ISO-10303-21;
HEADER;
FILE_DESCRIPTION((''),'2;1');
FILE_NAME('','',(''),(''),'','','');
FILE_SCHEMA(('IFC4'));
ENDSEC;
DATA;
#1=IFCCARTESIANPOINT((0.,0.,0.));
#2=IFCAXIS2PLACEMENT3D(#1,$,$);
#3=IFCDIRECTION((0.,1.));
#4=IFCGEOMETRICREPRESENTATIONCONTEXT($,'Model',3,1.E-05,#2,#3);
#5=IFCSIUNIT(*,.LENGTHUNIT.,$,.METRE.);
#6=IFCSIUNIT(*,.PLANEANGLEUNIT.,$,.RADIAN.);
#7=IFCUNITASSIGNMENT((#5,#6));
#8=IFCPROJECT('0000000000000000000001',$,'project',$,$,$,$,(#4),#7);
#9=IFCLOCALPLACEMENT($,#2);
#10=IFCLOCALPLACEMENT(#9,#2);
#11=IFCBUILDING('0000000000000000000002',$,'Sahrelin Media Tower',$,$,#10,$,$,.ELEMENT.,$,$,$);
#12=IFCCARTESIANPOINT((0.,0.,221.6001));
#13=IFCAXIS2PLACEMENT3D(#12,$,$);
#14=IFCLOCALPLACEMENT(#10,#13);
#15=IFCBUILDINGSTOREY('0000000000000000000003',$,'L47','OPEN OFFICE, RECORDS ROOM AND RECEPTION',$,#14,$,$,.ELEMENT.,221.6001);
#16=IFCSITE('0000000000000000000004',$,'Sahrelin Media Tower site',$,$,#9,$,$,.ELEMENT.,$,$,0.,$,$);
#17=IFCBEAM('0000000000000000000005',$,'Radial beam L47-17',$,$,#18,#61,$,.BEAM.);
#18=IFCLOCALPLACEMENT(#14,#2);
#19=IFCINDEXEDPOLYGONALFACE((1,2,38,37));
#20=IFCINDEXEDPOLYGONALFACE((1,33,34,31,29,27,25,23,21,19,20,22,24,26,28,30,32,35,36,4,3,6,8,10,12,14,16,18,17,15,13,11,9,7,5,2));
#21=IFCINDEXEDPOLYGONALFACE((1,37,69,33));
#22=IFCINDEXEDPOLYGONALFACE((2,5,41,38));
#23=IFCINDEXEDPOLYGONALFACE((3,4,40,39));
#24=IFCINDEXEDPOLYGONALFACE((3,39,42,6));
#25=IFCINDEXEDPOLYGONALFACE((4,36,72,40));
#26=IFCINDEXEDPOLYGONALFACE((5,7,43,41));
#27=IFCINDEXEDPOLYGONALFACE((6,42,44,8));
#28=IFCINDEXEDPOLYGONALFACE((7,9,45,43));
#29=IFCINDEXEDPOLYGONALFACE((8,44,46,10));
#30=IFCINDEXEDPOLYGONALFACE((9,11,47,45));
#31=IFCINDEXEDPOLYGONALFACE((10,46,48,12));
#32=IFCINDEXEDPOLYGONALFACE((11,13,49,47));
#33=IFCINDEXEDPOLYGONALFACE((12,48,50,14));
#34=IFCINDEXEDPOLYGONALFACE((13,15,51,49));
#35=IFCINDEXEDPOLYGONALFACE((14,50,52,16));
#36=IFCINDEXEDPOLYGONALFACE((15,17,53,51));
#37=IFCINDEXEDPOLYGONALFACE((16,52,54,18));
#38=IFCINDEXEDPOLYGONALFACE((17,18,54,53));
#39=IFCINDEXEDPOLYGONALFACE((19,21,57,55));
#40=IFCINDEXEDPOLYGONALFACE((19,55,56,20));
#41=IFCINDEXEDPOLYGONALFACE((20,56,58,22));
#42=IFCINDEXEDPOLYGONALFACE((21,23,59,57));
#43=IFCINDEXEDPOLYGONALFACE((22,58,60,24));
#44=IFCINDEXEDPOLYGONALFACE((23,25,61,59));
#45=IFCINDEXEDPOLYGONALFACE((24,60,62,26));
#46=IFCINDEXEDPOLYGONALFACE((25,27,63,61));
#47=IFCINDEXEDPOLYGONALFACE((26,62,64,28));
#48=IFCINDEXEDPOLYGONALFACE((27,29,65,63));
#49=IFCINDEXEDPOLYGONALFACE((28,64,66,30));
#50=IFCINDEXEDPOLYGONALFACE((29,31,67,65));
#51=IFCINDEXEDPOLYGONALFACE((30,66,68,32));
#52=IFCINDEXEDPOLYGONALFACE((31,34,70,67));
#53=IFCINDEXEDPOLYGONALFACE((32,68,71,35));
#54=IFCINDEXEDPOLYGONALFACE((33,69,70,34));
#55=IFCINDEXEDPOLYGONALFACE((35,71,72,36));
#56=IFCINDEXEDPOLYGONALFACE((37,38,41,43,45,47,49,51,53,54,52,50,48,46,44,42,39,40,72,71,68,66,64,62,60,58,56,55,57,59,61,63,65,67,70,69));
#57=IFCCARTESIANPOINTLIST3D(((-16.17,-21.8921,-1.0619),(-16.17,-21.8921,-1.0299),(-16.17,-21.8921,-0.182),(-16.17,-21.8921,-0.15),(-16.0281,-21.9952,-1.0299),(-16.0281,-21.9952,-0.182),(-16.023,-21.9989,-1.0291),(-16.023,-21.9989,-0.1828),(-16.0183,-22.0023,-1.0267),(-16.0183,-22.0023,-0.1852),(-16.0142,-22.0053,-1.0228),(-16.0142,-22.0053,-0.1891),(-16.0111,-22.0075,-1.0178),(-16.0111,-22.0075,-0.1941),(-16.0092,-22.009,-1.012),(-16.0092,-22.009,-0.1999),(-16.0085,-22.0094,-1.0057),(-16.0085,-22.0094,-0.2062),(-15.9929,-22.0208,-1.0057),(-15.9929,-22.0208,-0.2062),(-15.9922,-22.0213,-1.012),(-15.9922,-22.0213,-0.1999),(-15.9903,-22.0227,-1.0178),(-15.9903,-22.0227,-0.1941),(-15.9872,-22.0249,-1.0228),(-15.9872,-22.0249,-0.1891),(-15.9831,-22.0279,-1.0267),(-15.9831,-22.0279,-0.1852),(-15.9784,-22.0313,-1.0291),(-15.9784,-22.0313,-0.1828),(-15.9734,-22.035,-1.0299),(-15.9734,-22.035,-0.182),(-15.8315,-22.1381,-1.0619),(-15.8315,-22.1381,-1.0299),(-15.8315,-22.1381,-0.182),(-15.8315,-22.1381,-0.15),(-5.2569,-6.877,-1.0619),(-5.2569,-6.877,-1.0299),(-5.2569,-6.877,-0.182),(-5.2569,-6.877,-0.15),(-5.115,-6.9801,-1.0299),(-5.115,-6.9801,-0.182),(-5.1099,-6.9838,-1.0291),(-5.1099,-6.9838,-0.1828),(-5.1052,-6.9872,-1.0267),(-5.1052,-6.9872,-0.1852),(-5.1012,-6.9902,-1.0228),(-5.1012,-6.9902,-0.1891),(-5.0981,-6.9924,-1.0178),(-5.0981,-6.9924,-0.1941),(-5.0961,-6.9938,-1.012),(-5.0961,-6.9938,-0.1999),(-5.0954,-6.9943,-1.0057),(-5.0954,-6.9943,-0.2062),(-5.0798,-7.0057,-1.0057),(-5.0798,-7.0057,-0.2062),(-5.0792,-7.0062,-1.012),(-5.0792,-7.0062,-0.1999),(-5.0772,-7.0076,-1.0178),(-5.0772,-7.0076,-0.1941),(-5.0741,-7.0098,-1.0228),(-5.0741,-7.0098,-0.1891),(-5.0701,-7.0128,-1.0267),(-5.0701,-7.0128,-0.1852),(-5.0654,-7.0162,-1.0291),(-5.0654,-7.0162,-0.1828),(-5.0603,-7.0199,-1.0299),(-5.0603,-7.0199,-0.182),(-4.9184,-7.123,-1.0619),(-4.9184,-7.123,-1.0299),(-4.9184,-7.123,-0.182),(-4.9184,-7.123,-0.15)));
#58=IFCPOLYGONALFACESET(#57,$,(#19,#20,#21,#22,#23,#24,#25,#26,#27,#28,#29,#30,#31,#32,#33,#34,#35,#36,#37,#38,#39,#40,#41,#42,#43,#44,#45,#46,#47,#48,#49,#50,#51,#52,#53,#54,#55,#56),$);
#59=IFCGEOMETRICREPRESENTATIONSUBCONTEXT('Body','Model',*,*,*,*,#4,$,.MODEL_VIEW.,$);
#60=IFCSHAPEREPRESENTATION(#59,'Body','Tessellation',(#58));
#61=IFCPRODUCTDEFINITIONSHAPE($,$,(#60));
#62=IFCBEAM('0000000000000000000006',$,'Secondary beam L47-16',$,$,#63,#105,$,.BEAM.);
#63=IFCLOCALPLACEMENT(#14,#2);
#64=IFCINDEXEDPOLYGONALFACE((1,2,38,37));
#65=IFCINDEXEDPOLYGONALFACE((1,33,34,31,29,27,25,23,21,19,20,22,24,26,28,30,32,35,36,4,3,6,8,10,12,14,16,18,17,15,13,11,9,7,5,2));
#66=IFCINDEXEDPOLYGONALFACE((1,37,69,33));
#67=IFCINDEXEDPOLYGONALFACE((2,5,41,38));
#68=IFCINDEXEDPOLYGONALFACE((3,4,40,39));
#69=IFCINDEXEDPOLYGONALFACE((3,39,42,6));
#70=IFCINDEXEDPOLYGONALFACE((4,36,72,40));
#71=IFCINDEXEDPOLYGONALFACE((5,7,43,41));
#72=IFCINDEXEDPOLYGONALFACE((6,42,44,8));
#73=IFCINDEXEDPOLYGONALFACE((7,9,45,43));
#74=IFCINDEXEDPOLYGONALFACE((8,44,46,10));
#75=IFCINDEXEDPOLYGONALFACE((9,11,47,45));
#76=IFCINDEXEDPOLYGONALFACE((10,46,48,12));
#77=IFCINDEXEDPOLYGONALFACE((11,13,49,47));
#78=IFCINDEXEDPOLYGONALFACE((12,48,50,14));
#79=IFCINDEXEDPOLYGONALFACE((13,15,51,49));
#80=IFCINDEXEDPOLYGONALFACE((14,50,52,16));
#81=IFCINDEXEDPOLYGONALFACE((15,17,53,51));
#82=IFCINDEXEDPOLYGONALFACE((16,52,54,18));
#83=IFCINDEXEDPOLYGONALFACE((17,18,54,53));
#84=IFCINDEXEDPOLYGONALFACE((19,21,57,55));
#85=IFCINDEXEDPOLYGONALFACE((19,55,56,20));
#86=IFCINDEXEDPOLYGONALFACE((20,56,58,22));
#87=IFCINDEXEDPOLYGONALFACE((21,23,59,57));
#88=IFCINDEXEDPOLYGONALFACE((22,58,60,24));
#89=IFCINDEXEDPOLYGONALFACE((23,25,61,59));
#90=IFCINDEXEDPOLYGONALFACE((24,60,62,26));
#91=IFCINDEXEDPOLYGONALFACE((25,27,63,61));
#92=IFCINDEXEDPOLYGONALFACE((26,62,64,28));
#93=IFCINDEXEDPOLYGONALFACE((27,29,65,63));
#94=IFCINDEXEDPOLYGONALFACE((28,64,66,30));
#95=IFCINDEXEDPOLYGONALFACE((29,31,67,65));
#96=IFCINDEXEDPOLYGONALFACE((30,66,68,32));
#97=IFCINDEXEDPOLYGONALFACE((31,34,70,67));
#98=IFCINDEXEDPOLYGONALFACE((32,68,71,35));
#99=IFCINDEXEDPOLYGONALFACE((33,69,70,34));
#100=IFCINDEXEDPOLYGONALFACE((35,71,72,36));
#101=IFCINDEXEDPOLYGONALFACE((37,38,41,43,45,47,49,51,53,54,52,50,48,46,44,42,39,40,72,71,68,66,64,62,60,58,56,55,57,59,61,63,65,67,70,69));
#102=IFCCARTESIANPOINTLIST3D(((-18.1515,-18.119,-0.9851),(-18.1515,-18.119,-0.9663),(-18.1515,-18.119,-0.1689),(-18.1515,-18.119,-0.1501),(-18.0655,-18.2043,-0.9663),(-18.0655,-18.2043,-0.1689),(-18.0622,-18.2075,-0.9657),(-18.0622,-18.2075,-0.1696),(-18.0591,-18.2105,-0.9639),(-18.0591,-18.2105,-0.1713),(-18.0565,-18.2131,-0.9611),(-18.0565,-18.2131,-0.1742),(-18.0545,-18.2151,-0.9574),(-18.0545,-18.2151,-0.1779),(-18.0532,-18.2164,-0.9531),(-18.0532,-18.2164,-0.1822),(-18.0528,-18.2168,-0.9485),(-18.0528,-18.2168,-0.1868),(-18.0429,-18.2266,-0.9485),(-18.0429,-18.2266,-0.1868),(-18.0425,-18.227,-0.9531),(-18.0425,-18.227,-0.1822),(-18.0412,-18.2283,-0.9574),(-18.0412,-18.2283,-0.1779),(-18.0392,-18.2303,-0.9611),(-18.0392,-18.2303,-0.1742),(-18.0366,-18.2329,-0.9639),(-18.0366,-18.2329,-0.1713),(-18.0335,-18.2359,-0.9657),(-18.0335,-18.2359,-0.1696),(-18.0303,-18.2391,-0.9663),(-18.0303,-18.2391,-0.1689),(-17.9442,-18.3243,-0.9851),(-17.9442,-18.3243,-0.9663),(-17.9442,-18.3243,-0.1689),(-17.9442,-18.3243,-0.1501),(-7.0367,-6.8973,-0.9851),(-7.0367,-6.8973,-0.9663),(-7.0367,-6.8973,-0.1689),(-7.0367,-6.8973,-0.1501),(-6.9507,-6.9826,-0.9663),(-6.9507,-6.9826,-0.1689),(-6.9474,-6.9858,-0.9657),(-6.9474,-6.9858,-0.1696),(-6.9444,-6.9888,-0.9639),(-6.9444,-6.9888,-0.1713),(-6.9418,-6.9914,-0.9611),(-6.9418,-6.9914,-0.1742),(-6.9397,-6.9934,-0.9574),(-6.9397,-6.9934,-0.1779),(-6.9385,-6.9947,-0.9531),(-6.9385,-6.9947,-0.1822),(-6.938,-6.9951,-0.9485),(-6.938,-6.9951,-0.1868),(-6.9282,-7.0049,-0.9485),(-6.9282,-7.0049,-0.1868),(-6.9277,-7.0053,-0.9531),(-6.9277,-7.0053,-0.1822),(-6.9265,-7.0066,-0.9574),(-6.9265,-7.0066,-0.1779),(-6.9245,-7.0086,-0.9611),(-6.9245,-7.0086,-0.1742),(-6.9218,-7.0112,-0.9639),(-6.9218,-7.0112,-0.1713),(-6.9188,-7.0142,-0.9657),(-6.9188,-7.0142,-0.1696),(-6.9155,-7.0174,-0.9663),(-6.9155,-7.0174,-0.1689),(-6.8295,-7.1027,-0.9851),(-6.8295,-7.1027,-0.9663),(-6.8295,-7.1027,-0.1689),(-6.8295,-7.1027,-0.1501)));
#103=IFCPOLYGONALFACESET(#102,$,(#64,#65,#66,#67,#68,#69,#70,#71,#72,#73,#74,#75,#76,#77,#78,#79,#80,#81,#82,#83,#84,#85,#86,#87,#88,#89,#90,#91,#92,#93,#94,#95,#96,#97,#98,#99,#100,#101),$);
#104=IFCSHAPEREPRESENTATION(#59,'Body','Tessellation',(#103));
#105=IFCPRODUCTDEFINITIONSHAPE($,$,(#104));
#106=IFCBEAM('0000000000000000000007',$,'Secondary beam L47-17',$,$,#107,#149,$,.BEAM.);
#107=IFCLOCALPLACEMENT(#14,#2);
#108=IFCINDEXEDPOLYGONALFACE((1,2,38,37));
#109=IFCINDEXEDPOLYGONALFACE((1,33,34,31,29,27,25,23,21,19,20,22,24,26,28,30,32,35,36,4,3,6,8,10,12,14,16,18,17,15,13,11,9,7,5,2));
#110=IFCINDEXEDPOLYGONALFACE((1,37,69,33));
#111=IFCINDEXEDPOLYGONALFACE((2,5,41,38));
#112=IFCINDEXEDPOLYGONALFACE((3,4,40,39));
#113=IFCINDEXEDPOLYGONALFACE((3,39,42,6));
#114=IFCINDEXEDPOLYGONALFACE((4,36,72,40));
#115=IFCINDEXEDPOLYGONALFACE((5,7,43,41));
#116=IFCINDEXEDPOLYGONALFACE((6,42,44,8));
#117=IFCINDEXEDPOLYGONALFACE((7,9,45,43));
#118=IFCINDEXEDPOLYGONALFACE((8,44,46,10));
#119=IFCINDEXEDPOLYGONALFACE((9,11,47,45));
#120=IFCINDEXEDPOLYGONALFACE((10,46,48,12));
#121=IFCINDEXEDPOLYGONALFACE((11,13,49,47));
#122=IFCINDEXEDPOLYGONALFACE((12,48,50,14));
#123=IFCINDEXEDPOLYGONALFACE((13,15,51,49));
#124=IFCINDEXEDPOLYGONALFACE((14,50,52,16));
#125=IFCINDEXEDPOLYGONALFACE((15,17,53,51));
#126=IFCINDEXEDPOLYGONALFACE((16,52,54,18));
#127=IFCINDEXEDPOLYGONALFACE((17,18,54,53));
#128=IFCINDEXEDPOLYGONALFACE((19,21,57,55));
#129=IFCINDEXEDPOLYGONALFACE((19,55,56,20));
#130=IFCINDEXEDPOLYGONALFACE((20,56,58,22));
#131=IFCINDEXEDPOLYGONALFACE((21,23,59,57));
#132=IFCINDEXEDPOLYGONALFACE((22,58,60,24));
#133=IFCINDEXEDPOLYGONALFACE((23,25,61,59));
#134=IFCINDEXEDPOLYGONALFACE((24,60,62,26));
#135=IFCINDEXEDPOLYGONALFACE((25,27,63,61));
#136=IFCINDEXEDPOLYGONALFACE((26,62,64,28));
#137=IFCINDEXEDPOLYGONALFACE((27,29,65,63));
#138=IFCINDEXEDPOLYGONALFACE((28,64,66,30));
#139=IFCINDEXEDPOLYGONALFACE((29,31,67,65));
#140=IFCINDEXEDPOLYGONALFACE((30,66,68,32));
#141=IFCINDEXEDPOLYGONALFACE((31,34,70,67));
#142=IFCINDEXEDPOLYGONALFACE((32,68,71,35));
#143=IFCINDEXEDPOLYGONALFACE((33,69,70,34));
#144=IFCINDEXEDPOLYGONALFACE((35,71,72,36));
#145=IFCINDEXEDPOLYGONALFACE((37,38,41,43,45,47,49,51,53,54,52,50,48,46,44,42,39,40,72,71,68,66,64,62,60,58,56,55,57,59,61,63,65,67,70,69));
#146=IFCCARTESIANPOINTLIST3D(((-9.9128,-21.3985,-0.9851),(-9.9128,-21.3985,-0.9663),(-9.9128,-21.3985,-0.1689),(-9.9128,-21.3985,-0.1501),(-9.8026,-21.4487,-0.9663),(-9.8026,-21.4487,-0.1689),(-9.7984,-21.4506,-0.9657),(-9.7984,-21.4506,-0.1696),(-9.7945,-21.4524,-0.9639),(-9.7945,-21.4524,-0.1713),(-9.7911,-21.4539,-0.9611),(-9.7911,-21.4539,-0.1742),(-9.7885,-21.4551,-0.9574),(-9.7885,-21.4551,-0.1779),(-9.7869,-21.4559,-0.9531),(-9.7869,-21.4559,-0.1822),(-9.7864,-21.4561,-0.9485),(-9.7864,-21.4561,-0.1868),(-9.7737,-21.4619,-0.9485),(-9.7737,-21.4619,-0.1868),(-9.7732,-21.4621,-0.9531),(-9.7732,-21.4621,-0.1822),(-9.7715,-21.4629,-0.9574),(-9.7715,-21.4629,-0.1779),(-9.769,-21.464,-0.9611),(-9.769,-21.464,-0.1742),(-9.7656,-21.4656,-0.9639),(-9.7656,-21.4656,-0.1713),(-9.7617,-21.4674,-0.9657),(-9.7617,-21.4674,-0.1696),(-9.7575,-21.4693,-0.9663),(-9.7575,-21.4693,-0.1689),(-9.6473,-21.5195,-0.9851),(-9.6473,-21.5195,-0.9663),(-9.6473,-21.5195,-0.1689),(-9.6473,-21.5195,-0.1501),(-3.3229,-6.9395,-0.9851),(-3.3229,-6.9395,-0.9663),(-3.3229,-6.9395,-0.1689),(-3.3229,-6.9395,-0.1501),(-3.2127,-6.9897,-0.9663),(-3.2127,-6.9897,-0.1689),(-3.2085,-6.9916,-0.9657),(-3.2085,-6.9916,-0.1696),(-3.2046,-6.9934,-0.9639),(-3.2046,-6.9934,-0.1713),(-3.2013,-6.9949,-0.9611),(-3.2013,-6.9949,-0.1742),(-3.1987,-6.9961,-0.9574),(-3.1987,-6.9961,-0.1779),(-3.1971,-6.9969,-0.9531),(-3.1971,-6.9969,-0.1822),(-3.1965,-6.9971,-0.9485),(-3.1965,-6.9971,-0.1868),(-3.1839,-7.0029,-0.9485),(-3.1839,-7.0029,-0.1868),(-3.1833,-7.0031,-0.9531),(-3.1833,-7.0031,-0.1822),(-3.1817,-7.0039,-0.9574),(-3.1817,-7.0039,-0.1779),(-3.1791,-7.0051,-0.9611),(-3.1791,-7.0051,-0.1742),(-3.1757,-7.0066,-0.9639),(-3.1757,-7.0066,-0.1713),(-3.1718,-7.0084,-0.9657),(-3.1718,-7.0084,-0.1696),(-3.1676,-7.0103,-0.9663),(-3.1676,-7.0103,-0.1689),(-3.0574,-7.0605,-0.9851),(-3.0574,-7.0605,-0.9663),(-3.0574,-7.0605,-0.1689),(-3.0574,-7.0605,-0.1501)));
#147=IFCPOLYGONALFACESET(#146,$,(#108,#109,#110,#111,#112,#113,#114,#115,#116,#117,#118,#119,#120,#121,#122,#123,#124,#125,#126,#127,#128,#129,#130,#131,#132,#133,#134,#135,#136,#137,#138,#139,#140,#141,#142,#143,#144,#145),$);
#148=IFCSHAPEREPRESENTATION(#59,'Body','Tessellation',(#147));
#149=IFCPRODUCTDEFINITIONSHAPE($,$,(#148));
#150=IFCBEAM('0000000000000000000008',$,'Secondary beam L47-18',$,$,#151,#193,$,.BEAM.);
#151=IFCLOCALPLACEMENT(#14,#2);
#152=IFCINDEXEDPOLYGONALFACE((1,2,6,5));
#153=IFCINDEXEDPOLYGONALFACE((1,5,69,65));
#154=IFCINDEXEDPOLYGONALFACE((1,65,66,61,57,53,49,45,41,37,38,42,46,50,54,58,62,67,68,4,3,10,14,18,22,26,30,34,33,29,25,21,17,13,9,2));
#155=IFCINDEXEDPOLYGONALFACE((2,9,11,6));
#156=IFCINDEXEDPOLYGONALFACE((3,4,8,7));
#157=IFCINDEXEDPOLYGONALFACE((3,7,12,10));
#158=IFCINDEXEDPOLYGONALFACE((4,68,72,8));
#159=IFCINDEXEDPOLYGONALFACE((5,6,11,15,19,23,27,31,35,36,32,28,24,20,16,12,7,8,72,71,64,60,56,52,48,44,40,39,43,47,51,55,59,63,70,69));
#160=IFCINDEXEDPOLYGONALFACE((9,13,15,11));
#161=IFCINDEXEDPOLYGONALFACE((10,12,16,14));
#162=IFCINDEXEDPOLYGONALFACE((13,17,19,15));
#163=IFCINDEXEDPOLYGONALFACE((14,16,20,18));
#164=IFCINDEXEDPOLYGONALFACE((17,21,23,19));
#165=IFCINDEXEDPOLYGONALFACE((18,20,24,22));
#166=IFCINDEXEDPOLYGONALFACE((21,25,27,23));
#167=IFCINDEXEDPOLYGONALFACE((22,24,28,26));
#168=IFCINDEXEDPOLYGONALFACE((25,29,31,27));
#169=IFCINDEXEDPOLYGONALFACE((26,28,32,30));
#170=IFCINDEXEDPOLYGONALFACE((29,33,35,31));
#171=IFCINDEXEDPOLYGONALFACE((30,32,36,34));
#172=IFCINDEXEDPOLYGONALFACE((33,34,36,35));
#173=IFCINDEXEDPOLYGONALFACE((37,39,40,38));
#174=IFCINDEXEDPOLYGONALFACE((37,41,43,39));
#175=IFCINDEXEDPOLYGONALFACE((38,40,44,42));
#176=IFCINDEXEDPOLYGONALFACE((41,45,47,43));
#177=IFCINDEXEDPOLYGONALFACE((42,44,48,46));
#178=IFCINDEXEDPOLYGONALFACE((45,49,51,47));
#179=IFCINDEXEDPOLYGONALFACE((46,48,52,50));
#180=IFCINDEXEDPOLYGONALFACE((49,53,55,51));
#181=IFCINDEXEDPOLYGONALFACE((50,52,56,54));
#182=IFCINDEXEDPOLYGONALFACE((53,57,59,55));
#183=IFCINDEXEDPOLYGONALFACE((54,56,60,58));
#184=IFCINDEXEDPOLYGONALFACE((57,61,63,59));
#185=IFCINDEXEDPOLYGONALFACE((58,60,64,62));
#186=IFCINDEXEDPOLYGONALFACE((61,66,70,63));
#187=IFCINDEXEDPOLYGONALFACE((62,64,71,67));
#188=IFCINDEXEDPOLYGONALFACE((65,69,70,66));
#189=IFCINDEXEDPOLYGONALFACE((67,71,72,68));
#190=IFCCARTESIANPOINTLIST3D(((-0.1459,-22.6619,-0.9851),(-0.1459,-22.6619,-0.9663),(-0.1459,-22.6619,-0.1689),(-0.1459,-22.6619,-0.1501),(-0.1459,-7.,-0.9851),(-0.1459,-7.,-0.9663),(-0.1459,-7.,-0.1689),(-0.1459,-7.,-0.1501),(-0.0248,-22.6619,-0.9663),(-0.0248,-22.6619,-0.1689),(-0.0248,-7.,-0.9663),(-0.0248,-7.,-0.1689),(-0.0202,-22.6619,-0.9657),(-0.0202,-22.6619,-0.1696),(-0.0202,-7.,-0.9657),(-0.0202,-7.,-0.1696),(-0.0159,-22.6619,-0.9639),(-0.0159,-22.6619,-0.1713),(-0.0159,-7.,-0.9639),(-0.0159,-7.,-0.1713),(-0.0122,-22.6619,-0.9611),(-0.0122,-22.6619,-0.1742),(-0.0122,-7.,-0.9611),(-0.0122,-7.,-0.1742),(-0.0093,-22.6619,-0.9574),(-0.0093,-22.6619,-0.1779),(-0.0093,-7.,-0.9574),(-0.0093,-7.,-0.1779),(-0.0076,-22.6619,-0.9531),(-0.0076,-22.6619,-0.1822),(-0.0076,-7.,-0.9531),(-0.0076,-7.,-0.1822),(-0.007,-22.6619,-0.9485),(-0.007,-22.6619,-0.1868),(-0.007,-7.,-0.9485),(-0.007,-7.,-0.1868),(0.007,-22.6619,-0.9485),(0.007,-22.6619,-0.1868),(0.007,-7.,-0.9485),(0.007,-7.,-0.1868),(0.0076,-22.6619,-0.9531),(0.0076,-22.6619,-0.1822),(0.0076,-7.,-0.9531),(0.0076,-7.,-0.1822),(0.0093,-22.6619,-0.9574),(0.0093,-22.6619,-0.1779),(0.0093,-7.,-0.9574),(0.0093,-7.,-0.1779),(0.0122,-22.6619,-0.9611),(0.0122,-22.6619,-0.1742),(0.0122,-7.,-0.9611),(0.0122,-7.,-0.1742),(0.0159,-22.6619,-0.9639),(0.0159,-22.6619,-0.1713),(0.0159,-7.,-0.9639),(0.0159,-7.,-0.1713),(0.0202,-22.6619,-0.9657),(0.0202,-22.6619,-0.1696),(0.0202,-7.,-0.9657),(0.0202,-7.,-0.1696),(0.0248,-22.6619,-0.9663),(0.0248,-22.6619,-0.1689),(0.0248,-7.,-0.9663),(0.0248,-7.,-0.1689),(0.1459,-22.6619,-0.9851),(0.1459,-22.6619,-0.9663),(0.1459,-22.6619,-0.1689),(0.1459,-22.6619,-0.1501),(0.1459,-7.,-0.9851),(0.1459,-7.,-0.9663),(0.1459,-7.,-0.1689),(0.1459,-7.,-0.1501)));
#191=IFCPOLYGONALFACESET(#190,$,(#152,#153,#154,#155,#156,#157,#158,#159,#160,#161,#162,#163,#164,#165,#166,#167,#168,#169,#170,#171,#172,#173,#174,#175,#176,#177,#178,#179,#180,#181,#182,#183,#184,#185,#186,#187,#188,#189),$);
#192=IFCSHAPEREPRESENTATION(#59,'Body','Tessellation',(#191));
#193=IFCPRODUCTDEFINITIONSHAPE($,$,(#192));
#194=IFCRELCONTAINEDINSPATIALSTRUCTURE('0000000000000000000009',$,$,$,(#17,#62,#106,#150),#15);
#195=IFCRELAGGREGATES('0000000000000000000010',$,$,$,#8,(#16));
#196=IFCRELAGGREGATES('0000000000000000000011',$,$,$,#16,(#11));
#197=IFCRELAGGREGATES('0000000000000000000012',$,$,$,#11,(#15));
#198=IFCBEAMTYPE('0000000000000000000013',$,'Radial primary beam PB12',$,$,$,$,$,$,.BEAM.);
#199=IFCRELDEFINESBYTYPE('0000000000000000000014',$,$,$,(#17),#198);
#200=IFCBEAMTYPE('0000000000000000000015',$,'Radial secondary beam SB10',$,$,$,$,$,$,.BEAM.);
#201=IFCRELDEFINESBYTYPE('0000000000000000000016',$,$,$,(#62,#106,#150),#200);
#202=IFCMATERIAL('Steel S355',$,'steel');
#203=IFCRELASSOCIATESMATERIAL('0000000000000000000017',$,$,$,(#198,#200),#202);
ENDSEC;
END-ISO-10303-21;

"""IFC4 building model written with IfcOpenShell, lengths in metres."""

from ifc_helpers import new_model, si_unit, direction, frame, origin, origin_2d, place, context, subcontext, project, spatial, i_section, extrude, material, material_profile, profile_set, type_object, element, save


model = new_model("IFC4")

# Units and contexts
model_context = context("Model", 3, precision=1e-05, world=origin(), true_north=direction((0.0, 1.0)))
body_context = subcontext(model_context, "Body", "Model", "MODEL_VIEW")
ifc_project = project(units=[si_unit("LENGTHUNIT", "METRE"), si_unit("PLANEANGLEUNIT", "RADIAN")], contexts=[model_context])

# Site, building, storey
site_placement = place(None, origin())
site = spatial("IfcSite", under=ifc_project, at=site_placement, Name="Sahrelin Media Tower site", CompositionType="ELEMENT", RefElevation=0.0)
building_placement = place(site_placement, origin())
building = spatial("IfcBuilding", under=site, at=building_placement, Name="Sahrelin Media Tower", CompositionType="ELEMENT")
storey_placement = place(building_placement, frame((0.0, 0.0, 221.6001)))
storey = spatial("IfcBuildingStorey", under=building, at=storey_placement, Name="L47", Description="OPEN OFFICE, RECORDS ROOM AND RECEPTION", CompositionType="ELEMENT", Elevation=221.6001)

# Shared definitions
ifc_material_1 = material(Name="Steel S355", Category="steel")

# Beams
ifc_material_profile_1 = material_profile(ifc_material_1, i_section(OverallWidth=0.4185, OverallDepth=0.9119, WebThickness=0.0193, FlangeThickness=0.032, FilletRadius=0.0242, at=origin_2d()), Name="UB 914x419x343")
ifc_profile_set_1 = profile_set([ifc_material_profile_1], Name="Steel S355")
beam_type_1 = type_object("IfcBeamType", Name="Radial primary beam PB12", PredefinedType="BEAM", material=ifc_profile_set_1)
beam_1_placement = place(storey_placement, frame((-5.0876, -7.0, -0.606), z_axis=(-0.587925, -0.808916, 0.0), x_axis=(0.808916, -0.587925, 0.0)))
element("IfcBeam", 1, at=beam_1_placement, inside=storey, type_object=beam_type_1, Name="Radial beam L47-17", PredefinedType="BEAM", context=body_context, shape_type="SweptSolid", body=[
    extrude(i_section(OverallWidth=0.4185, OverallDepth=0.9119, WebThickness=0.0193, FlangeThickness=0.032, FilletRadius=0.0242, at=origin_2d()), origin(), (0.0, 0.0, 1.0), 18.562),
])
ifc_material_profile_2 = material_profile(ifc_material_1, i_section(OverallWidth=0.2917, OverallDepth=0.835, WebThickness=0.0139, FlangeThickness=0.0188, FilletRadius=0.0178, at=origin_2d()), Name="UB 838x292x176")
ifc_profile_set_2 = profile_set([ifc_material_profile_2], Name="Steel S355")
beam_type_2 = type_object("IfcBeamType", Name="Radial secondary beam SB10", PredefinedType="BEAM", material=ifc_profile_set_2)
beam_2_placement = place(storey_placement, frame((-6.9331, -7.0, -0.5676), z_axis=(-0.703714, -0.710484, 0.0), x_axis=(0.710484, -0.703714, 0.0)))
element("IfcBeam", 2, at=beam_2_placement, inside=storey, type_object=beam_type_2, Name="Secondary beam L47-16", PredefinedType="BEAM", context=body_context, shape_type="SweptSolid", body=[
    extrude(i_section(OverallWidth=0.2917, OverallDepth=0.835, WebThickness=0.0139, FlangeThickness=0.0188, FilletRadius=0.0178, at=origin_2d()), origin(), (0.0, 0.0, 1.0), 15.7944),
])
beam_3_placement = place(storey_placement, frame((-3.1902, -7.0, -0.5676), z_axis=(-0.41472, -0.909949, 0.0), x_axis=(0.909949, -0.41472, 0.0)))
element("IfcBeam", 3, at=beam_3_placement, inside=storey, type_object=beam_type_2, Name="Secondary beam L47-17", PredefinedType="BEAM", context=body_context, shape_type="SweptSolid", body=[
    extrude(i_section(OverallWidth=0.2917, OverallDepth=0.835, WebThickness=0.0139, FlangeThickness=0.0188, FilletRadius=0.0178, at=origin_2d()), origin(), (0.0, 0.0, 1.0), 15.8899),
])
beam_4_placement = place(storey_placement, frame((0.0, -7.0, -0.5676), z_axis=(0.0, -1.0, 0.0), x_axis=(1.0, 0.0, 0.0)))
element("IfcBeam", 4, at=beam_4_placement, inside=storey, type_object=beam_type_2, Name="Secondary beam L47-18", PredefinedType="BEAM", context=body_context, shape_type="SweptSolid", body=[
    extrude(i_section(OverallWidth=0.2917, OverallDepth=0.835, WebThickness=0.0139, FlangeThickness=0.0188, FilletRadius=0.0178, at=origin_2d()), origin(), (0.0, 0.0, 1.0), 15.6619),
])

save(model, "model.ifc")
